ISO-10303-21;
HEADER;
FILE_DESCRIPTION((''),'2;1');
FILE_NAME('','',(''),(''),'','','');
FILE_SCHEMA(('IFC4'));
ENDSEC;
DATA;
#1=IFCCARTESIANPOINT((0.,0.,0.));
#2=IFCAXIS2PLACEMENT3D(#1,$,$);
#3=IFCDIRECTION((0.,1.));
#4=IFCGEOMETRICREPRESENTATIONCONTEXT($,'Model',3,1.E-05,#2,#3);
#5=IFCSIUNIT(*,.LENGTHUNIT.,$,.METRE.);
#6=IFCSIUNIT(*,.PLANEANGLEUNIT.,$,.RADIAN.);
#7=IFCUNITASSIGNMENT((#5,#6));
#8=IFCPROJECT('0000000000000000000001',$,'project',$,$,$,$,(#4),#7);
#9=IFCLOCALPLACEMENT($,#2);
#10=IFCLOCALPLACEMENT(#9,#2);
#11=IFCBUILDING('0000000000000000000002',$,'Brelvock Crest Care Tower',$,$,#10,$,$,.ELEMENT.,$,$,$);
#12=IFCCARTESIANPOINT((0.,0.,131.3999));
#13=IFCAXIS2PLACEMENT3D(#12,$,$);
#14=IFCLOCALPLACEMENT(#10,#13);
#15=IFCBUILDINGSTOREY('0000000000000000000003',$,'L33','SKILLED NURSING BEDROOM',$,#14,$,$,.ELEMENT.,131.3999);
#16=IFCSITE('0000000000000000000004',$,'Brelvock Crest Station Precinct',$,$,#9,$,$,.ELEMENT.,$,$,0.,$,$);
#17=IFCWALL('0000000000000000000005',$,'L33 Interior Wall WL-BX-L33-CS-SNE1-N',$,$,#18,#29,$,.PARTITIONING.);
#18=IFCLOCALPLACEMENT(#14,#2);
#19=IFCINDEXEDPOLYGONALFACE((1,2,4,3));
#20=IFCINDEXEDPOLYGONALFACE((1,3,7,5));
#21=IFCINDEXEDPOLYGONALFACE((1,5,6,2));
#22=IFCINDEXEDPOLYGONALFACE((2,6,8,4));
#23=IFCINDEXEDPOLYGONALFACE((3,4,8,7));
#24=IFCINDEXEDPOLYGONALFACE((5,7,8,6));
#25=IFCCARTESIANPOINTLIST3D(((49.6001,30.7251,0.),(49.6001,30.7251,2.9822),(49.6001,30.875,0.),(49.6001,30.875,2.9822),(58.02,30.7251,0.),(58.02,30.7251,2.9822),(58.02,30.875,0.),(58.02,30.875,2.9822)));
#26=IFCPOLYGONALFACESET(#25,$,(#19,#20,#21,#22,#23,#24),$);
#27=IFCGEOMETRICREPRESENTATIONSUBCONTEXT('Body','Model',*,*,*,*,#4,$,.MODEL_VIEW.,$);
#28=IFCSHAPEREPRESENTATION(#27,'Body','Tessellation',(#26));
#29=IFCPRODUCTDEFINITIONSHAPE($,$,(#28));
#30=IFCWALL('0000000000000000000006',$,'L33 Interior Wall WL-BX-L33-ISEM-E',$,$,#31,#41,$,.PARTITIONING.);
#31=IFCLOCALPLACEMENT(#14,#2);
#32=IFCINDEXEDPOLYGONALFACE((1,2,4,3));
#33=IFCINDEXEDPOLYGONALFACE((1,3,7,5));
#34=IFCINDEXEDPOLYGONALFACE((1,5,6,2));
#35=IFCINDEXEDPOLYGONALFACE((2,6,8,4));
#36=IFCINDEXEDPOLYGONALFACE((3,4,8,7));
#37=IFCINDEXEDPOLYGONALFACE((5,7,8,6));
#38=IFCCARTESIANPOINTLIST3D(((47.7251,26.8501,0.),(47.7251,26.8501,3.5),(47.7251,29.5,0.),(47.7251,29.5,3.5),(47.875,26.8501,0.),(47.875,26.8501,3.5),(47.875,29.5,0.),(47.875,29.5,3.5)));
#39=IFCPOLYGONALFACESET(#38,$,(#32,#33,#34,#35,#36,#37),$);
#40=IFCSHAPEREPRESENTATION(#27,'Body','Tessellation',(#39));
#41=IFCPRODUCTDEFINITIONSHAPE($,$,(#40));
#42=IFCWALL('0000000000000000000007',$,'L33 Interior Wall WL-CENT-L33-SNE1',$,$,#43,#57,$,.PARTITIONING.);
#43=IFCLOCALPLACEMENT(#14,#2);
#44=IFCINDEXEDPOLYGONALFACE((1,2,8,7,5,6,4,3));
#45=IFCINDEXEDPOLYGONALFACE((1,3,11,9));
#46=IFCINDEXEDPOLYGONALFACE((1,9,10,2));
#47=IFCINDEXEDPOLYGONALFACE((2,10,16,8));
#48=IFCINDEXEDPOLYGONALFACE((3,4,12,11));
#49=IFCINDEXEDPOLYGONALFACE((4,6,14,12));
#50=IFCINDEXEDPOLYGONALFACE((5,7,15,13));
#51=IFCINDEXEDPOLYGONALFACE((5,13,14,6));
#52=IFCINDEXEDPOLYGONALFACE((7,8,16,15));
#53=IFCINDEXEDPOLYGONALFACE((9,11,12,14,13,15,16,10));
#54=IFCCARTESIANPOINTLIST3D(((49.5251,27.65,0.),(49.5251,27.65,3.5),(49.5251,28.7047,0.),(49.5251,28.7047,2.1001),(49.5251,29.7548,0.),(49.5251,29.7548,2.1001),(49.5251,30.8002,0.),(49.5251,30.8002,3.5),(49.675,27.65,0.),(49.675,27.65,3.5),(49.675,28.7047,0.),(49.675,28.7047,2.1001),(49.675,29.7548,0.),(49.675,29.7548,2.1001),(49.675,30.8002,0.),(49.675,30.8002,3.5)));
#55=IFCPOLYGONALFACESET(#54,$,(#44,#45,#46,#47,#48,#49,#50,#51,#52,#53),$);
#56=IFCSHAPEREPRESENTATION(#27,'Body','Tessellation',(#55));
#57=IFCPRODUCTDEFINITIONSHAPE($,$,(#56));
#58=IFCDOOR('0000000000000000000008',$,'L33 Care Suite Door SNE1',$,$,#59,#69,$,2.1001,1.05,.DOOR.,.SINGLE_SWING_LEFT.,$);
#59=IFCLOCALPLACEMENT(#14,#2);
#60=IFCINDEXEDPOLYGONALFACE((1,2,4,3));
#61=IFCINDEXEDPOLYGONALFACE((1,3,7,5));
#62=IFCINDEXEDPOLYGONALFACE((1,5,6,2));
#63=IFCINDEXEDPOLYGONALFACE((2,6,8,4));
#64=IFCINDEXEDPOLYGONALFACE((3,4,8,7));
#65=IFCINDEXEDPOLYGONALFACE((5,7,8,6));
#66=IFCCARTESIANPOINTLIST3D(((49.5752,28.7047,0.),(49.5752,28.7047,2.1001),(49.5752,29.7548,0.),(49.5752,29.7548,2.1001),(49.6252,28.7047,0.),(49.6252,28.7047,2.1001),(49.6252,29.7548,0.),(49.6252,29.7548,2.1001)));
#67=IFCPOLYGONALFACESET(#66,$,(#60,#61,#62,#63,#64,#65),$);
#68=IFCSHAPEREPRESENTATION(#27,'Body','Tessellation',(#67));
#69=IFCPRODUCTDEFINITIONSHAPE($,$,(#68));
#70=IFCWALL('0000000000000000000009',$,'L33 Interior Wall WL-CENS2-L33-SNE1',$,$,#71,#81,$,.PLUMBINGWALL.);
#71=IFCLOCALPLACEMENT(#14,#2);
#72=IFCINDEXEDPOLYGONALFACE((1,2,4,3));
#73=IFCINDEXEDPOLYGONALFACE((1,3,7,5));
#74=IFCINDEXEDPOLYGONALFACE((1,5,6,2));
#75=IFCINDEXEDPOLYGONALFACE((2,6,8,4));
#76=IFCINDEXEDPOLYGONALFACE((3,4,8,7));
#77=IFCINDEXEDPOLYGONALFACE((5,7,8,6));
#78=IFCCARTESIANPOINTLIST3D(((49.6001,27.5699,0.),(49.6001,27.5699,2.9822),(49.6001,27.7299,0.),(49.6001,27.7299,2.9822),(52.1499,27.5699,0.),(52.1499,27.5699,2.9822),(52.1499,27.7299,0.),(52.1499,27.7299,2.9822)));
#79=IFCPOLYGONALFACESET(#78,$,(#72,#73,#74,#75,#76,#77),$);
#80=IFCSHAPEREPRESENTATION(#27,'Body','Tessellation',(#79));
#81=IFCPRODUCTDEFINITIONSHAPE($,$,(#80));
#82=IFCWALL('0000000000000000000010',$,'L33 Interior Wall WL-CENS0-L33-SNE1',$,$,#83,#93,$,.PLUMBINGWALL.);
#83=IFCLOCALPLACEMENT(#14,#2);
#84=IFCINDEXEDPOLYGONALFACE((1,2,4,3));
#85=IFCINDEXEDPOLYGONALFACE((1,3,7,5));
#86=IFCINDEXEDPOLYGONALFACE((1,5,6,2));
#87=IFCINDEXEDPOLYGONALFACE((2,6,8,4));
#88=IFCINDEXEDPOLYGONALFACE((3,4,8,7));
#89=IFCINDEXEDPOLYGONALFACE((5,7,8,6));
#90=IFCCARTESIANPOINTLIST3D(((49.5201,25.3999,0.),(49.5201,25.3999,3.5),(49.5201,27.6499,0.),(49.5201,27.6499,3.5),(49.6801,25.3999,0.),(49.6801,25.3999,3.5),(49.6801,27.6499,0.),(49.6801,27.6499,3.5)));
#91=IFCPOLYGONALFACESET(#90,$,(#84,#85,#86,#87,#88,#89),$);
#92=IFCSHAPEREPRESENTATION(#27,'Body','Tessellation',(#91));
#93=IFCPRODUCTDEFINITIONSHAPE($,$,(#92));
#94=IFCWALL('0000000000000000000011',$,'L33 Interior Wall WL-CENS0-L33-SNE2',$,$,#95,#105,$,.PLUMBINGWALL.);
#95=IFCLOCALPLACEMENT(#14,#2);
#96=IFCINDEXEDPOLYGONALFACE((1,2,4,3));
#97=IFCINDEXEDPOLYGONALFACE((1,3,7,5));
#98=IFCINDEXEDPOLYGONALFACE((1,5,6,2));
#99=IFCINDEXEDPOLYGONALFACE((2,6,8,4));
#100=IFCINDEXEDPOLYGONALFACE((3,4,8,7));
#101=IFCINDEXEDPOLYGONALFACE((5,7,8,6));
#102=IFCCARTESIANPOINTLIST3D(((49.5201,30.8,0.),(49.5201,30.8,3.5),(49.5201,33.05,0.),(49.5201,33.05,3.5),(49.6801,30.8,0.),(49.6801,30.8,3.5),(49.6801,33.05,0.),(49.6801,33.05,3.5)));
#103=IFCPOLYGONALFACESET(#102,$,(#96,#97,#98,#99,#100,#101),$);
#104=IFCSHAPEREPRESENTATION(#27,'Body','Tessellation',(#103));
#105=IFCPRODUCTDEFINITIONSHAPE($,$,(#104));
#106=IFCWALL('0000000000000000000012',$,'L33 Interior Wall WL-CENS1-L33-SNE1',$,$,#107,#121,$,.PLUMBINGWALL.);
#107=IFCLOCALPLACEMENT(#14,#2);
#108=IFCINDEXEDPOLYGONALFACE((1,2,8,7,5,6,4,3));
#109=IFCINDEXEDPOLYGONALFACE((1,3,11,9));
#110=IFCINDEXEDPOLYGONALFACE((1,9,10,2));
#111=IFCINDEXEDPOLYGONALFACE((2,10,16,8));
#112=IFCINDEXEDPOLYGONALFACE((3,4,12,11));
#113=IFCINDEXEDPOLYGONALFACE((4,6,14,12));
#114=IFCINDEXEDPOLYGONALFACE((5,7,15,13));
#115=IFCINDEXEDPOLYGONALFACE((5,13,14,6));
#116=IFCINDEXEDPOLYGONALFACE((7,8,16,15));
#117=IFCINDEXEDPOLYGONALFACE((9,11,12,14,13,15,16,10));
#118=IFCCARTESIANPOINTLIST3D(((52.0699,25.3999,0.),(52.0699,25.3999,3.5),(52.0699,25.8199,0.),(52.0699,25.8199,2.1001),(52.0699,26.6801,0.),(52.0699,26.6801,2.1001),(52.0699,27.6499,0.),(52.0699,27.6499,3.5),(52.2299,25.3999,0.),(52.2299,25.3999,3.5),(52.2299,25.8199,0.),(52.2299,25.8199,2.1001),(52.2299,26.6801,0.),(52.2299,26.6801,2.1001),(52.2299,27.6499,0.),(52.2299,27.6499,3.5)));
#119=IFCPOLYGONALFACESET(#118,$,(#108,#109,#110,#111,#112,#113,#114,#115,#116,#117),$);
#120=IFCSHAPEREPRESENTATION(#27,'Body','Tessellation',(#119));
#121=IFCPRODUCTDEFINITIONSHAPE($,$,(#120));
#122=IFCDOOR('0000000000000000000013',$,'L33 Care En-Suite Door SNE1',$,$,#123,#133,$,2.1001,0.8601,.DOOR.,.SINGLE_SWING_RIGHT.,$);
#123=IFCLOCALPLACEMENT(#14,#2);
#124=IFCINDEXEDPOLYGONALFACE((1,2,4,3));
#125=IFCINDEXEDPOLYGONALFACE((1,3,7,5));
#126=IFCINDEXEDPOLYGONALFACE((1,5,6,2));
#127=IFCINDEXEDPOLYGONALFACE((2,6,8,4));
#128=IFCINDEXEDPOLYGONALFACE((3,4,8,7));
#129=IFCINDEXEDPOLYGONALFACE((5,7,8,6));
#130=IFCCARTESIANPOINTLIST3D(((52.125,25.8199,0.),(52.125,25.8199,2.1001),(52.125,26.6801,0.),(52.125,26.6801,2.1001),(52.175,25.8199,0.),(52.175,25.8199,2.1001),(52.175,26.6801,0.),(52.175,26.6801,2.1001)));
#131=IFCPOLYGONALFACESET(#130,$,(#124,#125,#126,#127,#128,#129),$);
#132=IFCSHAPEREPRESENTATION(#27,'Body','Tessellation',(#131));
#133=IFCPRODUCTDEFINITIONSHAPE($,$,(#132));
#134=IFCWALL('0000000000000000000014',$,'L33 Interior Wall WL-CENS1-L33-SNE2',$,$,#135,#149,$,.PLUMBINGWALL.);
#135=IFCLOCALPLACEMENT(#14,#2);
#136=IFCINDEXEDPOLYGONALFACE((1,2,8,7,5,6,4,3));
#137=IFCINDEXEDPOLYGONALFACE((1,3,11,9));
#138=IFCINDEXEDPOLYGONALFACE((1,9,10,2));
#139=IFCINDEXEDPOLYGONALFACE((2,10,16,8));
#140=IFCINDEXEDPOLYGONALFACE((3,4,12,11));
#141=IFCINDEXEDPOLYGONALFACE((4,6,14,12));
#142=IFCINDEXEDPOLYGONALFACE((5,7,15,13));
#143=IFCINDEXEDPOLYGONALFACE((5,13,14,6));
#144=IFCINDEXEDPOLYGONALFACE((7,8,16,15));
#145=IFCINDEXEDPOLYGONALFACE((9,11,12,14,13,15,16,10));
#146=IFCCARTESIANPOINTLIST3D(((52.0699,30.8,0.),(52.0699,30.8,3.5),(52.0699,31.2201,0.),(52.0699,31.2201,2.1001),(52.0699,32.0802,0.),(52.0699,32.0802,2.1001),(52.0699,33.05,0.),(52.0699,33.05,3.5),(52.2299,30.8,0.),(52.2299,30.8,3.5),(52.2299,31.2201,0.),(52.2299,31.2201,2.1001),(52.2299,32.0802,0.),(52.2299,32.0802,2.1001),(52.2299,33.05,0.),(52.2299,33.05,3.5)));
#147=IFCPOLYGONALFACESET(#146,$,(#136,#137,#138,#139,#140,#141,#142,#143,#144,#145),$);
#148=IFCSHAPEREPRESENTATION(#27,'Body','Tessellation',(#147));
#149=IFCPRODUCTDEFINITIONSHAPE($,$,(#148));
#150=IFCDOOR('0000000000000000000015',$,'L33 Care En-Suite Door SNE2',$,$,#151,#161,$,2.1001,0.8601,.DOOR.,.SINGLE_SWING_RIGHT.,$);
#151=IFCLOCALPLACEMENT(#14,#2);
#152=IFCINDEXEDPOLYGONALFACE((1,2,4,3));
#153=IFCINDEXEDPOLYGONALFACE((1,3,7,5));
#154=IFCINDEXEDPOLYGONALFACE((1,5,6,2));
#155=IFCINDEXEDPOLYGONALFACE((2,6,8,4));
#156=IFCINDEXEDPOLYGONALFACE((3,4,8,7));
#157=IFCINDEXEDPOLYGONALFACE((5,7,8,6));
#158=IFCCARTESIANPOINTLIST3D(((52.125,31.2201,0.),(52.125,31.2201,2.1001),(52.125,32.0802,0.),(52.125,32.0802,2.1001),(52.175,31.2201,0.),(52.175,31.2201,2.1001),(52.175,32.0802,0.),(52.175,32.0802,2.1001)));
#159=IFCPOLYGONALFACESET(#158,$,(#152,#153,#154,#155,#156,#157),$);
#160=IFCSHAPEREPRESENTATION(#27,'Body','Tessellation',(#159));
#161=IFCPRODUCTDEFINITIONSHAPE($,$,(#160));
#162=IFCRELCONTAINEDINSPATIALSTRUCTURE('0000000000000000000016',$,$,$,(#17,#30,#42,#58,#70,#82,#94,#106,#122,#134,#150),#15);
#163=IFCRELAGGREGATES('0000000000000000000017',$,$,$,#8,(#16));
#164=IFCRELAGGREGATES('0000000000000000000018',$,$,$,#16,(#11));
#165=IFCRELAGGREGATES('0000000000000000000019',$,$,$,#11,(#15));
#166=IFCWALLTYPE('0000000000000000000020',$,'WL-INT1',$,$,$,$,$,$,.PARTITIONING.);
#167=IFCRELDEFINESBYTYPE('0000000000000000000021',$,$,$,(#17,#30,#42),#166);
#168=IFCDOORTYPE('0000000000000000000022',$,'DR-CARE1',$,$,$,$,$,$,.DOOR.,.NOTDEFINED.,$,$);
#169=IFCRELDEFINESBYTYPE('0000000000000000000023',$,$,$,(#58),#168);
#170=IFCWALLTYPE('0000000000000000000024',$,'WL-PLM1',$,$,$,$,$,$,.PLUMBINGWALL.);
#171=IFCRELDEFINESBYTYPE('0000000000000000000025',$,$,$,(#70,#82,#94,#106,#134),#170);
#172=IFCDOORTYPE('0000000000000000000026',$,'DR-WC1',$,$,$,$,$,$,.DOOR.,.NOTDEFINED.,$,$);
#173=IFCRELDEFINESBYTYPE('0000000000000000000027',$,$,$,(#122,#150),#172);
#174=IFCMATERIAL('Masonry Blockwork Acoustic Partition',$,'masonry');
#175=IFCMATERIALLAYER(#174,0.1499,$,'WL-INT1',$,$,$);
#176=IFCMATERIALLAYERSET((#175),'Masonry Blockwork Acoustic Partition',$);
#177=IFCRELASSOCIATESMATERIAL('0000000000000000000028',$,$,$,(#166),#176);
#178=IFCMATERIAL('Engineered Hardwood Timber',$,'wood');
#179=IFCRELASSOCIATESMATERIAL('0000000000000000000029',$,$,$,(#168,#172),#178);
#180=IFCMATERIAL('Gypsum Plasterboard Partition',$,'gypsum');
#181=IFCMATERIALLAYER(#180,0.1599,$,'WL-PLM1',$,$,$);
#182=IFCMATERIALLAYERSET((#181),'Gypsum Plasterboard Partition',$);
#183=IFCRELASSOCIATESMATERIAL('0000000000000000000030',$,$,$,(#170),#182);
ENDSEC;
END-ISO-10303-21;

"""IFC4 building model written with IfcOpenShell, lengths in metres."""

from ifc_helpers import new_model, si_unit, direction, frame, frame_2d, origin, origin_2d, place, context, subcontext, project, spatial, rectangle, extrude, source, transform, mapped, material, layer, layer_set, type_object, element, fill, save


model = new_model("IFC4")

# Units and contexts
model_context = context("Model", 3, precision=1e-05, world=origin(), true_north=direction((0.0, 1.0)))
body_context = subcontext(model_context, "Body", "Model", "MODEL_VIEW")
ifc_project = project(units=[si_unit("LENGTHUNIT", "METRE"), si_unit("PLANEANGLEUNIT", "RADIAN")], contexts=[model_context])

# Site, building, storey
site_placement = place(None, origin())
site = spatial("IfcSite", under=ifc_project, at=site_placement, Name="Brelvock Crest Station Precinct", CompositionType="ELEMENT", RefElevation=0.0)
building_placement = place(site_placement, origin())
building = spatial("IfcBuilding", under=site, at=building_placement, Name="Brelvock Crest Care Tower", CompositionType="ELEMENT")
storey_placement = place(building_placement, frame((0.0, 0.0, 131.3999)))
storey = spatial("IfcBuildingStorey", under=building, at=storey_placement, Name="L33", Description="SKILLED NURSING BEDROOM", CompositionType="ELEMENT", Elevation=131.3999)

# Walls
ifc_material_1 = material(Name="Masonry Blockwork Acoustic Partition", Category="masonry")
ifc_layer_1 = layer(ifc_material_1, 0.1499, Name="WL-INT1")
ifc_layer_set_1 = layer_set([ifc_layer_1], Name="Masonry Blockwork Acoustic Partition")
wall_type_1 = type_object("IfcWallType", Name="WL-INT1", PredefinedType="PARTITIONING", material=ifc_layer_set_1)
wall_1_placement = place(storey_placement, frame((49.6001, 30.8, 0.0), z_axis=(0.0, 0.0, 1.0), x_axis=(1.0, 0.0, 0.0)))
element("IfcWall", 1, at=wall_1_placement, inside=storey, type_object=wall_type_1, Name="L33 Interior Wall WL-BX-L33-CS-SNE1-N", PredefinedType="PARTITIONING", context=body_context, shape_type="SweptSolid", body=[
    extrude(rectangle(XDim=8.4199, YDim=0.1499, at=frame_2d((4.21, 0.0))), origin(), (0.0, 0.0, 1.0), 2.9822),
])
wall_2_placement = place(storey_placement, frame((47.8, 26.8501, 0.0), z_axis=(0.0, 0.0, 1.0), x_axis=(0.0, 1.0, 0.0)))
element("IfcWall", 2, at=wall_2_placement, inside=storey, type_object=wall_type_1, Name="L33 Interior Wall WL-BX-L33-ISEM-E", PredefinedType="PARTITIONING", context=body_context, shape_type="SweptSolid", body=[
    extrude(rectangle(XDim=2.6499, YDim=0.1499, at=frame_2d((1.325, 0.0))), origin(), (0.0, 0.0, 1.0), 3.5),
])

# Wall, opening, door
wall_3_placement = place(storey_placement, frame((49.6001, 27.6499, 0.0), z_axis=(0.0, 0.0, 1.0), x_axis=(0.0, 1.0, 0.0)))
wall_3 = element("IfcWall", 3, at=wall_3_placement, inside=storey, type_object=wall_type_1, Name="L33 Interior Wall WL-CENT-L33-SNE1", PredefinedType="PARTITIONING", context=body_context, shape_type="SweptSolid", body=[
    extrude(rectangle(XDim=3.1501, YDim=0.1499, at=frame_2d((1.5752, 0.0))), origin(), (0.0, 0.0, 1.0), 3.5),
])
opening_1_placement = place(wall_3_placement, frame((1.0549, 0.0, 0.0)))
opening_1 = element("IfcOpeningElement", 4, at=opening_1_placement, cuts=wall_3, PredefinedType="OPENING", context=body_context, shape_type="SweptSolid", body=[
    extrude(rectangle(XDim=1.05, YDim=2.1001, at=origin_2d()), frame((0.5249, 0.085, 1.05), z_axis=(0.0, -1.0, 0.0), x_axis=(1.0, 0.0, 0.0)), (0.0, 0.0, 1.0), 0.1699),
])
ifc_material_2 = material(Name="Engineered Hardwood Timber", Category="wood")
door_type_1 = type_object("IfcDoorType", Name="DR-CARE1", OperationType="NOTDEFINED", PredefinedType="DOOR", material=ifc_material_2)
shared_shape_1 = source(origin(), body_context, "Body", "SweptSolid", [
    extrude(rectangle(XDim=1.05, YDim=2.1001, at=origin_2d()), frame((0.5249, 0.0249, 1.05), z_axis=(0.0, -1.0, 0.0), x_axis=(1.0, 0.0, 0.0)), (0.0, 0.0, 1.0), 0.05),
])
door_1_placement = place(opening_1_placement, origin())
door_1 = element("IfcDoor", 5, at=door_1_placement, inside=storey, type_object=door_type_1, Name="L33 Care Suite Door SNE1", OperationType="SINGLE_SWING_LEFT", OverallHeight=2.1001, OverallWidth=1.05, PredefinedType="DOOR", context=body_context, shape_type="MappedRepresentation", body=[
    mapped(shared_shape_1, transform((0.0, 0.0, 0.0), x_axis=(1.0, 0.0, 0.0), y_axis=(0.0, 1.0, 0.0), z_axis=(0.0, 0.0, 1.0), scale=1.0)),
])
fill(opening_1, door_1)

# Walls
ifc_material_3 = material(Name="Gypsum Plasterboard Partition", Category="gypsum")
ifc_layer_2 = layer(ifc_material_3, 0.1599, Name="WL-PLM1")
ifc_layer_set_2 = layer_set([ifc_layer_2], Name="Gypsum Plasterboard Partition")
wall_type_2 = type_object("IfcWallType", Name="WL-PLM1", PredefinedType="PLUMBINGWALL", material=ifc_layer_set_2)
wall_4_placement = place(storey_placement, frame((49.6001, 27.6499, 0.0), z_axis=(0.0, 0.0, 1.0), x_axis=(1.0, 0.0, 0.0)))
element("IfcWall", 6, at=wall_4_placement, inside=storey, type_object=wall_type_2, Name="L33 Interior Wall WL-CENS2-L33-SNE1", PredefinedType="PLUMBINGWALL", context=body_context, shape_type="SweptSolid", body=[
    extrude(rectangle(XDim=2.5498, YDim=0.1599, at=frame_2d((1.2749, 0.0))), origin(), (0.0, 0.0, 1.0), 2.9822),
])
for number, where, z_axis, x_axis, name in (
    (7, (49.6001, 25.3999, 0.0), (0.0, 0.0, 1.0), (0.0, 1.0, 0.0), "L33 Interior Wall WL-CENS0-L33-SNE1"),
    (8, (49.6001, 30.8, 0.0), (0.0, 0.0, 1.0), (0.0, 1.0, 0.0), "L33 Interior Wall WL-CENS0-L33-SNE2"),
):
    element("IfcWall", number, at=place(storey_placement, frame(where, z_axis=z_axis, x_axis=x_axis)), inside=storey, type_object=wall_type_2, Name=name, PredefinedType="PLUMBINGWALL", context=body_context, shape_type="SweptSolid", body=[
        extrude(rectangle(XDim=2.25, YDim=0.1599, at=frame_2d((1.125, 0.0))), origin(), (0.0, 0.0, 1.0), 3.5),
    ])

# Walls, openings, doors
wall_5_placement = place(storey_placement, frame((52.1499, 25.3999, 0.0), z_axis=(0.0, 0.0, 1.0), x_axis=(0.0, 1.0, 0.0)))
wall_5 = element("IfcWall", 9, at=wall_5_placement, inside=storey, type_object=wall_type_2, Name="L33 Interior Wall WL-CENS1-L33-SNE1", PredefinedType="PLUMBINGWALL", context=body_context, shape_type="SweptSolid", body=[
    extrude(rectangle(XDim=2.25, YDim=0.1599, at=frame_2d((1.125, 0.0))), origin(), (0.0, 0.0, 1.0), 3.5),
])
opening_2_placement = place(wall_5_placement, frame((0.4199, 0.0, 0.0)))
opening_2 = element("IfcOpeningElement", 10, at=opening_2_placement, cuts=wall_5, PredefinedType="OPENING", context=body_context, shape_type="SweptSolid", body=[
    extrude(rectangle(XDim=0.8601, YDim=2.1001, at=origin_2d()), frame((0.4302, 0.0898, 1.05), z_axis=(0.0, -1.0, 0.0), x_axis=(1.0, 0.0, 0.0)), (0.0, 0.0, 1.0), 0.1799),
])
door_type_2 = type_object("IfcDoorType", Name="DR-WC1", OperationType="NOTDEFINED", PredefinedType="DOOR", material=ifc_material_2)
shared_shape_2 = source(origin(), body_context, "Body", "SweptSolid", [
    extrude(rectangle(XDim=0.8601, YDim=2.1001, at=origin_2d()), frame((0.4302, 0.0249, 1.05), z_axis=(0.0, -1.0, 0.0), x_axis=(1.0, 0.0, 0.0)), (0.0, 0.0, 1.0), 0.05),
])
door_2_placement = place(opening_2_placement, origin())
door_2 = element("IfcDoor", 11, at=door_2_placement, inside=storey, type_object=door_type_2, Name="L33 Care En-Suite Door SNE1", OperationType="SINGLE_SWING_RIGHT", OverallHeight=2.1001, OverallWidth=0.8601, PredefinedType="DOOR", context=body_context, shape_type="MappedRepresentation", body=[
    mapped(shared_shape_2, transform((0.0, 0.0, 0.0), x_axis=(1.0, 0.0, 0.0), y_axis=(0.0, 1.0, 0.0), z_axis=(0.0, 0.0, 1.0), scale=1.0)),
])
fill(opening_2, door_2)
wall_6_placement = place(storey_placement, frame((52.1499, 30.8, 0.0), z_axis=(0.0, 0.0, 1.0), x_axis=(0.0, 1.0, 0.0)))
wall_6 = element("IfcWall", 12, at=wall_6_placement, inside=storey, type_object=wall_type_2, Name="L33 Interior Wall WL-CENS1-L33-SNE2", PredefinedType="PLUMBINGWALL", context=body_context, shape_type="SweptSolid", body=[
    extrude(rectangle(XDim=2.25, YDim=0.1599, at=frame_2d((1.125, 0.0))), origin(), (0.0, 0.0, 1.0), 3.5),
])
opening_3_placement = place(wall_6_placement, frame((0.4199, 0.0, 0.0)))
opening_3 = element("IfcOpeningElement", 13, at=opening_3_placement, cuts=wall_6, PredefinedType="OPENING", context=body_context, shape_type="SweptSolid", body=[
    extrude(rectangle(XDim=0.8601, YDim=2.1001, at=origin_2d()), frame((0.4302, 0.0898, 1.05), z_axis=(0.0, -1.0, 0.0), x_axis=(1.0, 0.0, 0.0)), (0.0, 0.0, 1.0), 0.1799),
])
door_3_placement = place(opening_3_placement, origin())
door_3 = element("IfcDoor", 14, at=door_3_placement, inside=storey, type_object=door_type_2, Name="L33 Care En-Suite Door SNE2", OperationType="SINGLE_SWING_RIGHT", OverallHeight=2.1001, OverallWidth=0.8601, PredefinedType="DOOR", context=body_context, shape_type="MappedRepresentation", body=[
    mapped(shared_shape_2, transform((0.0, 0.0, 0.0), x_axis=(1.0, 0.0, 0.0), y_axis=(0.0, 1.0, 0.0), z_axis=(0.0, 0.0, 1.0), scale=1.0)),
])
fill(opening_3, door_3)

save(model, "model.ifc")
